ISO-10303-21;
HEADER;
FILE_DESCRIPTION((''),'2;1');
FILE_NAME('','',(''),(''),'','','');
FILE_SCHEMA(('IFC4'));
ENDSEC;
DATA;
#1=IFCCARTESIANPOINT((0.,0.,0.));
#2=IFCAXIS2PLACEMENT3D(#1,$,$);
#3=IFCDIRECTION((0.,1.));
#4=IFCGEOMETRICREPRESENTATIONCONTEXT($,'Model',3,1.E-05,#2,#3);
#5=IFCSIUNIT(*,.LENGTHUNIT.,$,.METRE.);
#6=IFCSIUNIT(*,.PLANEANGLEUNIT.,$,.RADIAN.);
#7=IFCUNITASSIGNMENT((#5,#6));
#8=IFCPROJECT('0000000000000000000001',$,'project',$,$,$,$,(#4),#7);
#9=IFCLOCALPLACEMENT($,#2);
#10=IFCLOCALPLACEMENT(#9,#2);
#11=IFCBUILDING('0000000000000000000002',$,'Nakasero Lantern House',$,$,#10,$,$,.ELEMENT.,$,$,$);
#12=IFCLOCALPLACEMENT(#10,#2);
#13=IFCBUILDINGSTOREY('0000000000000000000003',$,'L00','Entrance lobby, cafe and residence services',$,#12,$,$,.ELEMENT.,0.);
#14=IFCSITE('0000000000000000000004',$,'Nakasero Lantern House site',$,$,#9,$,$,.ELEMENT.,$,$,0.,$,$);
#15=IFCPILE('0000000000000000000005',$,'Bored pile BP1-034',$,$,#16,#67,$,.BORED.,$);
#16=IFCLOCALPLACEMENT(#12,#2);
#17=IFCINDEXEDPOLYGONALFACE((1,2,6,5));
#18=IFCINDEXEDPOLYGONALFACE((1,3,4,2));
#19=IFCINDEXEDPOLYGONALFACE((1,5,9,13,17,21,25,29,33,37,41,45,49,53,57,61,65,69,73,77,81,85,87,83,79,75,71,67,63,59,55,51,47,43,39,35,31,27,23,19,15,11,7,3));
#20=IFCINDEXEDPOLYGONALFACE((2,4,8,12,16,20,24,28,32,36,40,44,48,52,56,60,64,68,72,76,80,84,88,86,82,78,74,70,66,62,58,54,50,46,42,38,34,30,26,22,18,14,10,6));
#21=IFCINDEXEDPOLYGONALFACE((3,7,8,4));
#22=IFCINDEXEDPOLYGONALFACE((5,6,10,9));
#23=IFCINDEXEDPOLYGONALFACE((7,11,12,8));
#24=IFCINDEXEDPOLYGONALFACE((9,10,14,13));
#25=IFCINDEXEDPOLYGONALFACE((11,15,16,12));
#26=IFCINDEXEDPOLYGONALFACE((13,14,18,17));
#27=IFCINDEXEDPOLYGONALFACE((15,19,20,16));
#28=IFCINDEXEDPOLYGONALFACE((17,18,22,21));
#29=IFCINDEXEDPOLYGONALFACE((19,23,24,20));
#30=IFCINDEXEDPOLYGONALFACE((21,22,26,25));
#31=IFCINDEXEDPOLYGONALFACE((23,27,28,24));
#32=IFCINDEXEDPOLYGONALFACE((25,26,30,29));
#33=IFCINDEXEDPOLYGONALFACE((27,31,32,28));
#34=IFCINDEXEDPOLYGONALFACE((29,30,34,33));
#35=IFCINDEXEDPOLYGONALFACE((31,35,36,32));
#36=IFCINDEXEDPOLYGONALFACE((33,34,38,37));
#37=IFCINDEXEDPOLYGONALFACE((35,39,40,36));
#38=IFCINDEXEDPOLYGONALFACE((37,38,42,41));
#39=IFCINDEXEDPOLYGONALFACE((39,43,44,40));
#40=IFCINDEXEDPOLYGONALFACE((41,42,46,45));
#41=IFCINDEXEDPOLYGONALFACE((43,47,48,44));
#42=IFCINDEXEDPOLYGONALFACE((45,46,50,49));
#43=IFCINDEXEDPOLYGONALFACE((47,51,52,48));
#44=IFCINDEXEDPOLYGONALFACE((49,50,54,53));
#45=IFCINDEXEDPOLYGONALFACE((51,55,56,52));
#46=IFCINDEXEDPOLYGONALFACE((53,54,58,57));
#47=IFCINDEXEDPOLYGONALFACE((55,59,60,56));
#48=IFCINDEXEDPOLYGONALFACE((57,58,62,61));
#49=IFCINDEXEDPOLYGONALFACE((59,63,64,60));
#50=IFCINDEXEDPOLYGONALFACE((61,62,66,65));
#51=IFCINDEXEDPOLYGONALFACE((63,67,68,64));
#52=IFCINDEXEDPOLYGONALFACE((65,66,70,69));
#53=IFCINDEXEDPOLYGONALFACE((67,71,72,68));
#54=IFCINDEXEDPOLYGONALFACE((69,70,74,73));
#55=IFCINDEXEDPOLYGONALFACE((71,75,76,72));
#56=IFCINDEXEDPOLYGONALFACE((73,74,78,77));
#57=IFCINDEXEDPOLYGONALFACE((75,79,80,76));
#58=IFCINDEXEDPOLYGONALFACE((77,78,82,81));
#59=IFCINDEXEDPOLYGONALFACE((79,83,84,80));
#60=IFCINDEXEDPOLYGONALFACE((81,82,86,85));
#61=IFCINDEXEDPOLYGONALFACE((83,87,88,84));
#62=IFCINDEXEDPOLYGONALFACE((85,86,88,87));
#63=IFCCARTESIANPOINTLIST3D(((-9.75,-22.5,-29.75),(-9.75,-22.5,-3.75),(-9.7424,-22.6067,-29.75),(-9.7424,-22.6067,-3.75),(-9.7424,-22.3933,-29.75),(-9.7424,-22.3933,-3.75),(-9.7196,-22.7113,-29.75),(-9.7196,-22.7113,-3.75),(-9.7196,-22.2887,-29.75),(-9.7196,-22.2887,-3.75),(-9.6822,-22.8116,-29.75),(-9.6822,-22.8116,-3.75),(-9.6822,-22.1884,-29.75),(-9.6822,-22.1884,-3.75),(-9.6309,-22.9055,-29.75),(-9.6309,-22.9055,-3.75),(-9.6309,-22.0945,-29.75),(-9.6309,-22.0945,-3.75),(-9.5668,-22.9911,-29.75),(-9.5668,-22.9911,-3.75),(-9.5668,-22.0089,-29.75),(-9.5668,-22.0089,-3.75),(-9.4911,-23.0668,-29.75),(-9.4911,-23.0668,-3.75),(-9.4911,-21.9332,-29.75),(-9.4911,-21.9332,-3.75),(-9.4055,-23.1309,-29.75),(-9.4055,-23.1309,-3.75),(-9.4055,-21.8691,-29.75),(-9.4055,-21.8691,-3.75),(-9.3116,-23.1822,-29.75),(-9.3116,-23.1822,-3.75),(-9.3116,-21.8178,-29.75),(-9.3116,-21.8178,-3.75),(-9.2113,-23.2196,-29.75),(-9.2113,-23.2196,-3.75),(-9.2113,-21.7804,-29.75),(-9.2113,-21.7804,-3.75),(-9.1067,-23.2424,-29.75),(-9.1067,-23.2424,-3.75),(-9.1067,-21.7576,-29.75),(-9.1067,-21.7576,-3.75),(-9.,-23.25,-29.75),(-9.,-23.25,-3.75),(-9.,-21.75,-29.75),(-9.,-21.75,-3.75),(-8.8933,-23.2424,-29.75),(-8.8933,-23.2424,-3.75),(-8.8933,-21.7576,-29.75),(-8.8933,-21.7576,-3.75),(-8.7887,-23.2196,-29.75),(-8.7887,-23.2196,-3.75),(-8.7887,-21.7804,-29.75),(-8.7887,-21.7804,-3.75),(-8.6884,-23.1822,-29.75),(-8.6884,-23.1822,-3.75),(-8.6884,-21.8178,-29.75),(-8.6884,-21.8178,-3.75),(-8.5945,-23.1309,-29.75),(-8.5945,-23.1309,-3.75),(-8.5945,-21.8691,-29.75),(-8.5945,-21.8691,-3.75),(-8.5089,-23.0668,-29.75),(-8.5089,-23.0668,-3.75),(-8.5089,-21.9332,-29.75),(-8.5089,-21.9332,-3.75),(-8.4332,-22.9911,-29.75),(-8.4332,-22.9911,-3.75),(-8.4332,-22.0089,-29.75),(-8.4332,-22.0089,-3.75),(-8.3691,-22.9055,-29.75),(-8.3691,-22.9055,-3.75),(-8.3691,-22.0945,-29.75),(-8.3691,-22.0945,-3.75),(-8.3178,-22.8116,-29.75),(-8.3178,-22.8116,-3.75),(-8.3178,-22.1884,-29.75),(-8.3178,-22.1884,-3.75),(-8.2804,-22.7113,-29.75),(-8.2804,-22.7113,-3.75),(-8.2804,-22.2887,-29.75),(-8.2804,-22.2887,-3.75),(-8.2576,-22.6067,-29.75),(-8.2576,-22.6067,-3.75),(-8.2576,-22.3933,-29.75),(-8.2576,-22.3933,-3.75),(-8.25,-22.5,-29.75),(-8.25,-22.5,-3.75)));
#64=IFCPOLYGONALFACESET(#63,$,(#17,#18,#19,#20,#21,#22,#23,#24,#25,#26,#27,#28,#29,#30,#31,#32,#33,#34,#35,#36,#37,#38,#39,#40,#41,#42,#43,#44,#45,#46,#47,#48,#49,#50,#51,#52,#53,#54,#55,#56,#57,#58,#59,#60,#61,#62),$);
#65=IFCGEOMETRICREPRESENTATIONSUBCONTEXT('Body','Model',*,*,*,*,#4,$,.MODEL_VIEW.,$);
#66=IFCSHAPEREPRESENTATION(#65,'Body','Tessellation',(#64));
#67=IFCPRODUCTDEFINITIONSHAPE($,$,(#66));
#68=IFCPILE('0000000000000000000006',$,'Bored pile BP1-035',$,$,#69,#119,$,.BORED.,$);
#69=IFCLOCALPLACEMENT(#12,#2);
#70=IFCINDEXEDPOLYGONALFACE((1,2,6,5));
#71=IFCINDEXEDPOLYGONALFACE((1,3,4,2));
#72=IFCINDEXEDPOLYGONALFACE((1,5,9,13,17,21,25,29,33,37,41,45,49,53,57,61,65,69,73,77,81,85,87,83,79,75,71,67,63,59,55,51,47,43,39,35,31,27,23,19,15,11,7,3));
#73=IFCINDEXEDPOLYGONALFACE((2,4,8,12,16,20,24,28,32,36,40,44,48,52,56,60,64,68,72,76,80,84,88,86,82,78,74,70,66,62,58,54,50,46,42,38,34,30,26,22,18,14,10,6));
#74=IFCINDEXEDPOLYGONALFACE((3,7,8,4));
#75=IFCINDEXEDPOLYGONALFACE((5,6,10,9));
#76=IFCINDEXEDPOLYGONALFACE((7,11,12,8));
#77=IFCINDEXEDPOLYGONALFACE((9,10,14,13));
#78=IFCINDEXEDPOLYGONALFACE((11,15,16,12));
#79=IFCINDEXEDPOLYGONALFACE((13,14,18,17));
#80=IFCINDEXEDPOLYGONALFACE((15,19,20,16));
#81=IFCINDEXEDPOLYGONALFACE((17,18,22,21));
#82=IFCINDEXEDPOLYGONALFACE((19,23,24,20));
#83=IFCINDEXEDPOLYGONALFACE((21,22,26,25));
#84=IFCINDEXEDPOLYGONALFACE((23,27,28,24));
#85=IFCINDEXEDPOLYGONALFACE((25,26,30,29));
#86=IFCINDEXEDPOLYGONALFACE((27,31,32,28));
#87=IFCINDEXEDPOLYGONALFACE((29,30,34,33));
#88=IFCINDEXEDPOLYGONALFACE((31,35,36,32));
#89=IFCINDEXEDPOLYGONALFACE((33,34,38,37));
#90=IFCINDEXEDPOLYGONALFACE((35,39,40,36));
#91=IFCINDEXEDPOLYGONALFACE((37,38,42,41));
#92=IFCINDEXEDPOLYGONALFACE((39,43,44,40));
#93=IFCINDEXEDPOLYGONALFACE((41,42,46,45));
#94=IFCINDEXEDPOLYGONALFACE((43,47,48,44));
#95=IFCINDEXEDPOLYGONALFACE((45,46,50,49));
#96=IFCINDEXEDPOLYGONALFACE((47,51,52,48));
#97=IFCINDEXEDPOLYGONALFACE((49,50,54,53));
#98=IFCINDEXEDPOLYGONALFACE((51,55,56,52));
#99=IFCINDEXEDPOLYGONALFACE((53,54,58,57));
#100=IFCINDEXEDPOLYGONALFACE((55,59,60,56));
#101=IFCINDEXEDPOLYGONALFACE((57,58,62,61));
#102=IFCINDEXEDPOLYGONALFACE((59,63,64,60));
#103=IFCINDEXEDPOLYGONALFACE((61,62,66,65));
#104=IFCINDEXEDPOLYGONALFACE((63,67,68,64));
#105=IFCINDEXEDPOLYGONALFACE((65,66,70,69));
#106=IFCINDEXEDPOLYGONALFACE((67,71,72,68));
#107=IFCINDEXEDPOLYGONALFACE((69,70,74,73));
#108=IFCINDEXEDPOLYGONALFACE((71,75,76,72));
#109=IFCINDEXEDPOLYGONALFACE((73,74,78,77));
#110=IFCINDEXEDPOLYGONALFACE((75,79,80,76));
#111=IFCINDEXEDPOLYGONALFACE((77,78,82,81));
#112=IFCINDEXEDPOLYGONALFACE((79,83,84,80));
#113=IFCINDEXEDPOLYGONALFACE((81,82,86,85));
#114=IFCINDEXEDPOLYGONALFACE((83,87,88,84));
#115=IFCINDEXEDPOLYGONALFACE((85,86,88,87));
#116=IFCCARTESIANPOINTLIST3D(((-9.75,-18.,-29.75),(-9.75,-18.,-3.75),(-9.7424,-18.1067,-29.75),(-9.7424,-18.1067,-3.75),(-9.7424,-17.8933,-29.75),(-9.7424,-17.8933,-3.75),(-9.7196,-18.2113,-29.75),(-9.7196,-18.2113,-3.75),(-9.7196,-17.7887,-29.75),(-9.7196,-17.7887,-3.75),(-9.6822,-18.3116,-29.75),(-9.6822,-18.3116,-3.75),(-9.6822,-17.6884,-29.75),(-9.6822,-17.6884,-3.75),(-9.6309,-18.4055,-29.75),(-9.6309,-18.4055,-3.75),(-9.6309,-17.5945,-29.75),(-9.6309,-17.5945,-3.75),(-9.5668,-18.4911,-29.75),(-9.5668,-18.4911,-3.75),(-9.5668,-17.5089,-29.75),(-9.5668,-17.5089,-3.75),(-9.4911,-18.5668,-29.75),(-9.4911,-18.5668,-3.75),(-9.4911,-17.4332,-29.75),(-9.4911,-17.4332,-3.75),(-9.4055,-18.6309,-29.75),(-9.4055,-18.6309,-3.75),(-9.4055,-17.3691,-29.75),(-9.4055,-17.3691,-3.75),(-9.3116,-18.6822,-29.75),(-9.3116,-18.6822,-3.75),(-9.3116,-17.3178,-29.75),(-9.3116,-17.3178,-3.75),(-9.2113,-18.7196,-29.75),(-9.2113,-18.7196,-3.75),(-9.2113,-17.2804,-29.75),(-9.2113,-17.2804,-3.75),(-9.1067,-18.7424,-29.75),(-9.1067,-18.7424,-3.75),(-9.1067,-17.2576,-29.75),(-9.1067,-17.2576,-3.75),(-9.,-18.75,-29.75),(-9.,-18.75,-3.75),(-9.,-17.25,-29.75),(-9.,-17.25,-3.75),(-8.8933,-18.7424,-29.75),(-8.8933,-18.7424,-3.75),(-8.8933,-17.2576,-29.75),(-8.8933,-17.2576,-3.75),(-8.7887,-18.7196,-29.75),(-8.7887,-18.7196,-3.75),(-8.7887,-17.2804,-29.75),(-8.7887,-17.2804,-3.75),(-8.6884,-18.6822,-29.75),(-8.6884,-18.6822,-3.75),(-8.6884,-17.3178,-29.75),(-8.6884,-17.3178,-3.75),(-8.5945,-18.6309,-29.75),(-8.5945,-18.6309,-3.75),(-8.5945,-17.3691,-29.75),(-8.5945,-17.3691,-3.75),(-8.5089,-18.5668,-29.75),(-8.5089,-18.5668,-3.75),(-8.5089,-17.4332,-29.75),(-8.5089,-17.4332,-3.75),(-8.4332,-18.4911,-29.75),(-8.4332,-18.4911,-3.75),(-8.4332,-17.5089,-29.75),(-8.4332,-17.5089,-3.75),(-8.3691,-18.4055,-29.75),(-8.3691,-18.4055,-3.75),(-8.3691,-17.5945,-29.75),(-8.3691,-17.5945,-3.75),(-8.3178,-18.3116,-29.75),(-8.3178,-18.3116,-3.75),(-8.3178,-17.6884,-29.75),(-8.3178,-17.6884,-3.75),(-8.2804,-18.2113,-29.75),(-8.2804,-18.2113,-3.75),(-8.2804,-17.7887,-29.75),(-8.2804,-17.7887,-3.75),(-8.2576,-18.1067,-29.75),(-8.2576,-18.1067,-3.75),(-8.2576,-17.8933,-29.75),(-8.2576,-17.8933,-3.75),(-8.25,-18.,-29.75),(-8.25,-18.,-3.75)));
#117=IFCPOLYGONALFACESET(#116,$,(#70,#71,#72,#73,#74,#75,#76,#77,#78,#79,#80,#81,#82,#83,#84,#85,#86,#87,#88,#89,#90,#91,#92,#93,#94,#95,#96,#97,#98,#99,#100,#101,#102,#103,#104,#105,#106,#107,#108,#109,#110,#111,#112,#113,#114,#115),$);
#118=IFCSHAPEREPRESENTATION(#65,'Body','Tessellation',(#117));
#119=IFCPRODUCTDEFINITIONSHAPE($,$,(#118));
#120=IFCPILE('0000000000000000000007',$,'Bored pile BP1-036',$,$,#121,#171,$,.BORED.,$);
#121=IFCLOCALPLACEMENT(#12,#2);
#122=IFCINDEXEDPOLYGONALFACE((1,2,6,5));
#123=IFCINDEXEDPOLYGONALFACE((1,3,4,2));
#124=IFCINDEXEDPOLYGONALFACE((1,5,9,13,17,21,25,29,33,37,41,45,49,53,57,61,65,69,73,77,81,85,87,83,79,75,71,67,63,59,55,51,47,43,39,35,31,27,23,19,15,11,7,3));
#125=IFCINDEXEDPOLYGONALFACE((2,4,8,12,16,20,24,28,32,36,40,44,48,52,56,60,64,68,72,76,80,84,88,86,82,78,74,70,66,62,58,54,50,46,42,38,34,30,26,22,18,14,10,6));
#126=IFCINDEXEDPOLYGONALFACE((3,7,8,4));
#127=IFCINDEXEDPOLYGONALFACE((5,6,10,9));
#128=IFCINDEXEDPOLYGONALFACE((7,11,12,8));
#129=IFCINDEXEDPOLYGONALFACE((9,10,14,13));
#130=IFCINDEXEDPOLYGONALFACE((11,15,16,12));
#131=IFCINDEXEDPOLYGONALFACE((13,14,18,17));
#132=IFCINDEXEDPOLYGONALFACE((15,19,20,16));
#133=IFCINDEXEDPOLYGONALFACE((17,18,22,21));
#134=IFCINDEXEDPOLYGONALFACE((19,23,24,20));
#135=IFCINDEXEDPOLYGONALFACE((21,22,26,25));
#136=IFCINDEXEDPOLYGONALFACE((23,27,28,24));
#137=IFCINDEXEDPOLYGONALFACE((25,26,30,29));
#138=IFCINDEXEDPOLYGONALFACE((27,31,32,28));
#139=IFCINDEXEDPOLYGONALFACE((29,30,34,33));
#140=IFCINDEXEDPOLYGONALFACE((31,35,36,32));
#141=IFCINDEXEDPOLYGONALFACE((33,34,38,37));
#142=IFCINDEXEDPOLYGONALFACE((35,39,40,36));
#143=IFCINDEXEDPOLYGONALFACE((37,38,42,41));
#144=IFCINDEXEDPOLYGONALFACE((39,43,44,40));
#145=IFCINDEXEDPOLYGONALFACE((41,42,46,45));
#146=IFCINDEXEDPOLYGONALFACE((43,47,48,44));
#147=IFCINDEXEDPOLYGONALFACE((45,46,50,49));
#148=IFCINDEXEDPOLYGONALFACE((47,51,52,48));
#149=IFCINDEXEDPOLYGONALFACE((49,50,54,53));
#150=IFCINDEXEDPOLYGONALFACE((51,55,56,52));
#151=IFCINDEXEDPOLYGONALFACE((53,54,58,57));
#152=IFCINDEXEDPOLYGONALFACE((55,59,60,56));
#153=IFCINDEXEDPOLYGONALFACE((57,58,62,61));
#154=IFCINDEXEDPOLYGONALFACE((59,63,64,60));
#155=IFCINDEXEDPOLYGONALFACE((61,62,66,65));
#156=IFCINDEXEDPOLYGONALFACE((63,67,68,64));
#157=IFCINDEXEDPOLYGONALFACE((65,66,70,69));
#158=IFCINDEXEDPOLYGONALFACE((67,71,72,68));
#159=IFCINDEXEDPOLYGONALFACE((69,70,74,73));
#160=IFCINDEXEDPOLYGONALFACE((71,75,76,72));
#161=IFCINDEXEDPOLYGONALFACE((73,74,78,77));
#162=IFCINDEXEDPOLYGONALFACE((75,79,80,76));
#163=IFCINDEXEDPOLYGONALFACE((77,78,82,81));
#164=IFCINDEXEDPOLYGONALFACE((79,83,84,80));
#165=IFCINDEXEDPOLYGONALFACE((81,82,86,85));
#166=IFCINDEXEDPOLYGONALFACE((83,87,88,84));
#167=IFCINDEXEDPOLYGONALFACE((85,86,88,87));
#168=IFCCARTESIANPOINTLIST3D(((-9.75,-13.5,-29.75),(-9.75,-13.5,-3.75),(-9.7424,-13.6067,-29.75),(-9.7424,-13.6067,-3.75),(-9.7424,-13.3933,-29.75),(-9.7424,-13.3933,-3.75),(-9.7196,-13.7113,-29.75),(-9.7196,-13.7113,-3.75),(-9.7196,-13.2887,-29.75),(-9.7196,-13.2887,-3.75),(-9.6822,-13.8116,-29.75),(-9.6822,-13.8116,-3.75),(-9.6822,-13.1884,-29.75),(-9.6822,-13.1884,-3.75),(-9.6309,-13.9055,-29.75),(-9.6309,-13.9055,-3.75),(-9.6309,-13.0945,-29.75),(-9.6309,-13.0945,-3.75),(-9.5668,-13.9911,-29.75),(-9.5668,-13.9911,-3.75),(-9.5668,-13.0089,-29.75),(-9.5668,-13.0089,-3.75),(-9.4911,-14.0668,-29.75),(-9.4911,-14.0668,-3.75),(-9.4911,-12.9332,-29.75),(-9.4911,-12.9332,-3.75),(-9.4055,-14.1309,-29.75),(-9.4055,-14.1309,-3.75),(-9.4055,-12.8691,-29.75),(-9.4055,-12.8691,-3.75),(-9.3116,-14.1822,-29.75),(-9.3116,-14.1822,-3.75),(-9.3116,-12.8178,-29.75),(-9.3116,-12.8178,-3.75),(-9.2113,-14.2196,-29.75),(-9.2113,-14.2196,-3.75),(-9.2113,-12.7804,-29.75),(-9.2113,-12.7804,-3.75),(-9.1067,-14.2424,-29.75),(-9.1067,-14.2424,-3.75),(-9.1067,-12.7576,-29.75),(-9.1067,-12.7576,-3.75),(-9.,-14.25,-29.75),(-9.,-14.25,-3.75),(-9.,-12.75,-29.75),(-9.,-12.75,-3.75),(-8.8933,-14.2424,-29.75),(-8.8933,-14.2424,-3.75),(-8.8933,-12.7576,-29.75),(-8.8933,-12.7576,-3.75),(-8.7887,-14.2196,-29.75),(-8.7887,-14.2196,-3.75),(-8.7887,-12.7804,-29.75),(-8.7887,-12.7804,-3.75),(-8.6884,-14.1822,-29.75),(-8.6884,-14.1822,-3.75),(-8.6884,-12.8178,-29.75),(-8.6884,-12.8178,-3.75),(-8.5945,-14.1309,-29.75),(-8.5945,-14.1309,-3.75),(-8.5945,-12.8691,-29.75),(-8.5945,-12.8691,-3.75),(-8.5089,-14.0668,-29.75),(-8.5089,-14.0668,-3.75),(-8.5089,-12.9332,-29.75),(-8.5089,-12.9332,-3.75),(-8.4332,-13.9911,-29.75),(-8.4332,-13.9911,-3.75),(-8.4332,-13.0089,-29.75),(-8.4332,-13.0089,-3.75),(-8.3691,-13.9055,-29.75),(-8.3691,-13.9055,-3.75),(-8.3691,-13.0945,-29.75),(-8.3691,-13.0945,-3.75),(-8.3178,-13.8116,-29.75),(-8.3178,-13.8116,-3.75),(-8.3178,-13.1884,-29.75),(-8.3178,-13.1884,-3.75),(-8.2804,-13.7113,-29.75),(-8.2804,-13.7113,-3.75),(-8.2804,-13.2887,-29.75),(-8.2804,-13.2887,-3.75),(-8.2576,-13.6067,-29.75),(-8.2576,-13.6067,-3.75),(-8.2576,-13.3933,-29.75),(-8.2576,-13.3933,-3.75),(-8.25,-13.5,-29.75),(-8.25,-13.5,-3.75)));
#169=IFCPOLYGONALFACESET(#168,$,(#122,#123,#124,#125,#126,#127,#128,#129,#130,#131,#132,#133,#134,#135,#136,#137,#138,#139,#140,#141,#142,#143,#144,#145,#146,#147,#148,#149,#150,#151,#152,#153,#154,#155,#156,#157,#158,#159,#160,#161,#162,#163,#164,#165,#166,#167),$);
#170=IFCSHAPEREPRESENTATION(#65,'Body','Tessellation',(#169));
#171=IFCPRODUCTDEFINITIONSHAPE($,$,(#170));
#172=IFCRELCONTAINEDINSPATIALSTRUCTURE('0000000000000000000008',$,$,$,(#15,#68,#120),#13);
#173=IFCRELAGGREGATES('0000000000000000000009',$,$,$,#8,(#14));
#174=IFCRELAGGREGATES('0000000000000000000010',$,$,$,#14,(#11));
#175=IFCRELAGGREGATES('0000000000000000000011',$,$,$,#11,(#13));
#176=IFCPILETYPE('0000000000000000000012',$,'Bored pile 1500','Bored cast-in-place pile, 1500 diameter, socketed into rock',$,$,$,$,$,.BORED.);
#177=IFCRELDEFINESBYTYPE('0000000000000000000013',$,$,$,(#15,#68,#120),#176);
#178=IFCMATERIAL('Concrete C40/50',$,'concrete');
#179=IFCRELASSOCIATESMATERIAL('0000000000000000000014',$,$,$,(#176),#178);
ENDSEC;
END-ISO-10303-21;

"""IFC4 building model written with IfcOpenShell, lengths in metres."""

from ifc_helpers import new_model, si_unit, direction, frame, origin, origin_2d, place, context, subcontext, project, spatial, circle, extrude, material, type_object, element, save


model = new_model("IFC4")

# Units and contexts
model_context = context("Model", 3, precision=1e-05, world=origin(), true_north=direction((0.0, 1.0)))
body_context = subcontext(model_context, "Body", "Model", "MODEL_VIEW")
ifc_project = project(units=[si_unit("LENGTHUNIT", "METRE"), si_unit("PLANEANGLEUNIT", "RADIAN")], contexts=[model_context])

# Site, building, storey
site_placement = place(None, origin())
site = spatial("IfcSite", under=ifc_project, at=site_placement, Name="Nakasero Lantern House site", CompositionType="ELEMENT", RefElevation=0.0)
building_placement = place(site_placement, origin())
building = spatial("IfcBuilding", under=site, at=building_placement, Name="Nakasero Lantern House", CompositionType="ELEMENT")
storey_placement = place(building_placement, origin())
storey = spatial("IfcBuildingStorey", under=building, at=storey_placement, Name="L00", Description="Entrance lobby, cafe and residence services", CompositionType="ELEMENT", Elevation=0.0)

# Piles
ifc_material_1 = material(Name="Concrete C40/50", Category="concrete")
pile_type = type_object("IfcPileType", Name="Bored pile 1500", Description="Bored cast-in-place pile, 1500 diameter, socketed into rock", PredefinedType="BORED", material=ifc_material_1)
for number, where, z_axis, x_axis, name in (
    (1, (-9.0, -22.5, -3.75), (0.0, 0.0, -1.0), (1.0, 0.0, 0.0), "Bored pile BP1-034"),
    (2, (-9.0, -18.0, -3.75), (0.0, 0.0, -1.0), (1.0, 0.0, 0.0), "Bored pile BP1-035"),
    (3, (-9.0, -13.5, -3.75), (0.0, 0.0, -1.0), (1.0, 0.0, 0.0), "Bored pile BP1-036"),
):
    element("IfcPile", number, at=place(storey_placement, frame(where, z_axis=z_axis, x_axis=x_axis)), inside=storey, type_object=pile_type, Name=name, PredefinedType="BORED", context=body_context, shape_type="SweptSolid", body=[
        extrude(circle(Radius=0.75, at=origin_2d()), origin(), (0.0, 0.0, 1.0), 26.0),
    ])

save(model, "model.ifc")
